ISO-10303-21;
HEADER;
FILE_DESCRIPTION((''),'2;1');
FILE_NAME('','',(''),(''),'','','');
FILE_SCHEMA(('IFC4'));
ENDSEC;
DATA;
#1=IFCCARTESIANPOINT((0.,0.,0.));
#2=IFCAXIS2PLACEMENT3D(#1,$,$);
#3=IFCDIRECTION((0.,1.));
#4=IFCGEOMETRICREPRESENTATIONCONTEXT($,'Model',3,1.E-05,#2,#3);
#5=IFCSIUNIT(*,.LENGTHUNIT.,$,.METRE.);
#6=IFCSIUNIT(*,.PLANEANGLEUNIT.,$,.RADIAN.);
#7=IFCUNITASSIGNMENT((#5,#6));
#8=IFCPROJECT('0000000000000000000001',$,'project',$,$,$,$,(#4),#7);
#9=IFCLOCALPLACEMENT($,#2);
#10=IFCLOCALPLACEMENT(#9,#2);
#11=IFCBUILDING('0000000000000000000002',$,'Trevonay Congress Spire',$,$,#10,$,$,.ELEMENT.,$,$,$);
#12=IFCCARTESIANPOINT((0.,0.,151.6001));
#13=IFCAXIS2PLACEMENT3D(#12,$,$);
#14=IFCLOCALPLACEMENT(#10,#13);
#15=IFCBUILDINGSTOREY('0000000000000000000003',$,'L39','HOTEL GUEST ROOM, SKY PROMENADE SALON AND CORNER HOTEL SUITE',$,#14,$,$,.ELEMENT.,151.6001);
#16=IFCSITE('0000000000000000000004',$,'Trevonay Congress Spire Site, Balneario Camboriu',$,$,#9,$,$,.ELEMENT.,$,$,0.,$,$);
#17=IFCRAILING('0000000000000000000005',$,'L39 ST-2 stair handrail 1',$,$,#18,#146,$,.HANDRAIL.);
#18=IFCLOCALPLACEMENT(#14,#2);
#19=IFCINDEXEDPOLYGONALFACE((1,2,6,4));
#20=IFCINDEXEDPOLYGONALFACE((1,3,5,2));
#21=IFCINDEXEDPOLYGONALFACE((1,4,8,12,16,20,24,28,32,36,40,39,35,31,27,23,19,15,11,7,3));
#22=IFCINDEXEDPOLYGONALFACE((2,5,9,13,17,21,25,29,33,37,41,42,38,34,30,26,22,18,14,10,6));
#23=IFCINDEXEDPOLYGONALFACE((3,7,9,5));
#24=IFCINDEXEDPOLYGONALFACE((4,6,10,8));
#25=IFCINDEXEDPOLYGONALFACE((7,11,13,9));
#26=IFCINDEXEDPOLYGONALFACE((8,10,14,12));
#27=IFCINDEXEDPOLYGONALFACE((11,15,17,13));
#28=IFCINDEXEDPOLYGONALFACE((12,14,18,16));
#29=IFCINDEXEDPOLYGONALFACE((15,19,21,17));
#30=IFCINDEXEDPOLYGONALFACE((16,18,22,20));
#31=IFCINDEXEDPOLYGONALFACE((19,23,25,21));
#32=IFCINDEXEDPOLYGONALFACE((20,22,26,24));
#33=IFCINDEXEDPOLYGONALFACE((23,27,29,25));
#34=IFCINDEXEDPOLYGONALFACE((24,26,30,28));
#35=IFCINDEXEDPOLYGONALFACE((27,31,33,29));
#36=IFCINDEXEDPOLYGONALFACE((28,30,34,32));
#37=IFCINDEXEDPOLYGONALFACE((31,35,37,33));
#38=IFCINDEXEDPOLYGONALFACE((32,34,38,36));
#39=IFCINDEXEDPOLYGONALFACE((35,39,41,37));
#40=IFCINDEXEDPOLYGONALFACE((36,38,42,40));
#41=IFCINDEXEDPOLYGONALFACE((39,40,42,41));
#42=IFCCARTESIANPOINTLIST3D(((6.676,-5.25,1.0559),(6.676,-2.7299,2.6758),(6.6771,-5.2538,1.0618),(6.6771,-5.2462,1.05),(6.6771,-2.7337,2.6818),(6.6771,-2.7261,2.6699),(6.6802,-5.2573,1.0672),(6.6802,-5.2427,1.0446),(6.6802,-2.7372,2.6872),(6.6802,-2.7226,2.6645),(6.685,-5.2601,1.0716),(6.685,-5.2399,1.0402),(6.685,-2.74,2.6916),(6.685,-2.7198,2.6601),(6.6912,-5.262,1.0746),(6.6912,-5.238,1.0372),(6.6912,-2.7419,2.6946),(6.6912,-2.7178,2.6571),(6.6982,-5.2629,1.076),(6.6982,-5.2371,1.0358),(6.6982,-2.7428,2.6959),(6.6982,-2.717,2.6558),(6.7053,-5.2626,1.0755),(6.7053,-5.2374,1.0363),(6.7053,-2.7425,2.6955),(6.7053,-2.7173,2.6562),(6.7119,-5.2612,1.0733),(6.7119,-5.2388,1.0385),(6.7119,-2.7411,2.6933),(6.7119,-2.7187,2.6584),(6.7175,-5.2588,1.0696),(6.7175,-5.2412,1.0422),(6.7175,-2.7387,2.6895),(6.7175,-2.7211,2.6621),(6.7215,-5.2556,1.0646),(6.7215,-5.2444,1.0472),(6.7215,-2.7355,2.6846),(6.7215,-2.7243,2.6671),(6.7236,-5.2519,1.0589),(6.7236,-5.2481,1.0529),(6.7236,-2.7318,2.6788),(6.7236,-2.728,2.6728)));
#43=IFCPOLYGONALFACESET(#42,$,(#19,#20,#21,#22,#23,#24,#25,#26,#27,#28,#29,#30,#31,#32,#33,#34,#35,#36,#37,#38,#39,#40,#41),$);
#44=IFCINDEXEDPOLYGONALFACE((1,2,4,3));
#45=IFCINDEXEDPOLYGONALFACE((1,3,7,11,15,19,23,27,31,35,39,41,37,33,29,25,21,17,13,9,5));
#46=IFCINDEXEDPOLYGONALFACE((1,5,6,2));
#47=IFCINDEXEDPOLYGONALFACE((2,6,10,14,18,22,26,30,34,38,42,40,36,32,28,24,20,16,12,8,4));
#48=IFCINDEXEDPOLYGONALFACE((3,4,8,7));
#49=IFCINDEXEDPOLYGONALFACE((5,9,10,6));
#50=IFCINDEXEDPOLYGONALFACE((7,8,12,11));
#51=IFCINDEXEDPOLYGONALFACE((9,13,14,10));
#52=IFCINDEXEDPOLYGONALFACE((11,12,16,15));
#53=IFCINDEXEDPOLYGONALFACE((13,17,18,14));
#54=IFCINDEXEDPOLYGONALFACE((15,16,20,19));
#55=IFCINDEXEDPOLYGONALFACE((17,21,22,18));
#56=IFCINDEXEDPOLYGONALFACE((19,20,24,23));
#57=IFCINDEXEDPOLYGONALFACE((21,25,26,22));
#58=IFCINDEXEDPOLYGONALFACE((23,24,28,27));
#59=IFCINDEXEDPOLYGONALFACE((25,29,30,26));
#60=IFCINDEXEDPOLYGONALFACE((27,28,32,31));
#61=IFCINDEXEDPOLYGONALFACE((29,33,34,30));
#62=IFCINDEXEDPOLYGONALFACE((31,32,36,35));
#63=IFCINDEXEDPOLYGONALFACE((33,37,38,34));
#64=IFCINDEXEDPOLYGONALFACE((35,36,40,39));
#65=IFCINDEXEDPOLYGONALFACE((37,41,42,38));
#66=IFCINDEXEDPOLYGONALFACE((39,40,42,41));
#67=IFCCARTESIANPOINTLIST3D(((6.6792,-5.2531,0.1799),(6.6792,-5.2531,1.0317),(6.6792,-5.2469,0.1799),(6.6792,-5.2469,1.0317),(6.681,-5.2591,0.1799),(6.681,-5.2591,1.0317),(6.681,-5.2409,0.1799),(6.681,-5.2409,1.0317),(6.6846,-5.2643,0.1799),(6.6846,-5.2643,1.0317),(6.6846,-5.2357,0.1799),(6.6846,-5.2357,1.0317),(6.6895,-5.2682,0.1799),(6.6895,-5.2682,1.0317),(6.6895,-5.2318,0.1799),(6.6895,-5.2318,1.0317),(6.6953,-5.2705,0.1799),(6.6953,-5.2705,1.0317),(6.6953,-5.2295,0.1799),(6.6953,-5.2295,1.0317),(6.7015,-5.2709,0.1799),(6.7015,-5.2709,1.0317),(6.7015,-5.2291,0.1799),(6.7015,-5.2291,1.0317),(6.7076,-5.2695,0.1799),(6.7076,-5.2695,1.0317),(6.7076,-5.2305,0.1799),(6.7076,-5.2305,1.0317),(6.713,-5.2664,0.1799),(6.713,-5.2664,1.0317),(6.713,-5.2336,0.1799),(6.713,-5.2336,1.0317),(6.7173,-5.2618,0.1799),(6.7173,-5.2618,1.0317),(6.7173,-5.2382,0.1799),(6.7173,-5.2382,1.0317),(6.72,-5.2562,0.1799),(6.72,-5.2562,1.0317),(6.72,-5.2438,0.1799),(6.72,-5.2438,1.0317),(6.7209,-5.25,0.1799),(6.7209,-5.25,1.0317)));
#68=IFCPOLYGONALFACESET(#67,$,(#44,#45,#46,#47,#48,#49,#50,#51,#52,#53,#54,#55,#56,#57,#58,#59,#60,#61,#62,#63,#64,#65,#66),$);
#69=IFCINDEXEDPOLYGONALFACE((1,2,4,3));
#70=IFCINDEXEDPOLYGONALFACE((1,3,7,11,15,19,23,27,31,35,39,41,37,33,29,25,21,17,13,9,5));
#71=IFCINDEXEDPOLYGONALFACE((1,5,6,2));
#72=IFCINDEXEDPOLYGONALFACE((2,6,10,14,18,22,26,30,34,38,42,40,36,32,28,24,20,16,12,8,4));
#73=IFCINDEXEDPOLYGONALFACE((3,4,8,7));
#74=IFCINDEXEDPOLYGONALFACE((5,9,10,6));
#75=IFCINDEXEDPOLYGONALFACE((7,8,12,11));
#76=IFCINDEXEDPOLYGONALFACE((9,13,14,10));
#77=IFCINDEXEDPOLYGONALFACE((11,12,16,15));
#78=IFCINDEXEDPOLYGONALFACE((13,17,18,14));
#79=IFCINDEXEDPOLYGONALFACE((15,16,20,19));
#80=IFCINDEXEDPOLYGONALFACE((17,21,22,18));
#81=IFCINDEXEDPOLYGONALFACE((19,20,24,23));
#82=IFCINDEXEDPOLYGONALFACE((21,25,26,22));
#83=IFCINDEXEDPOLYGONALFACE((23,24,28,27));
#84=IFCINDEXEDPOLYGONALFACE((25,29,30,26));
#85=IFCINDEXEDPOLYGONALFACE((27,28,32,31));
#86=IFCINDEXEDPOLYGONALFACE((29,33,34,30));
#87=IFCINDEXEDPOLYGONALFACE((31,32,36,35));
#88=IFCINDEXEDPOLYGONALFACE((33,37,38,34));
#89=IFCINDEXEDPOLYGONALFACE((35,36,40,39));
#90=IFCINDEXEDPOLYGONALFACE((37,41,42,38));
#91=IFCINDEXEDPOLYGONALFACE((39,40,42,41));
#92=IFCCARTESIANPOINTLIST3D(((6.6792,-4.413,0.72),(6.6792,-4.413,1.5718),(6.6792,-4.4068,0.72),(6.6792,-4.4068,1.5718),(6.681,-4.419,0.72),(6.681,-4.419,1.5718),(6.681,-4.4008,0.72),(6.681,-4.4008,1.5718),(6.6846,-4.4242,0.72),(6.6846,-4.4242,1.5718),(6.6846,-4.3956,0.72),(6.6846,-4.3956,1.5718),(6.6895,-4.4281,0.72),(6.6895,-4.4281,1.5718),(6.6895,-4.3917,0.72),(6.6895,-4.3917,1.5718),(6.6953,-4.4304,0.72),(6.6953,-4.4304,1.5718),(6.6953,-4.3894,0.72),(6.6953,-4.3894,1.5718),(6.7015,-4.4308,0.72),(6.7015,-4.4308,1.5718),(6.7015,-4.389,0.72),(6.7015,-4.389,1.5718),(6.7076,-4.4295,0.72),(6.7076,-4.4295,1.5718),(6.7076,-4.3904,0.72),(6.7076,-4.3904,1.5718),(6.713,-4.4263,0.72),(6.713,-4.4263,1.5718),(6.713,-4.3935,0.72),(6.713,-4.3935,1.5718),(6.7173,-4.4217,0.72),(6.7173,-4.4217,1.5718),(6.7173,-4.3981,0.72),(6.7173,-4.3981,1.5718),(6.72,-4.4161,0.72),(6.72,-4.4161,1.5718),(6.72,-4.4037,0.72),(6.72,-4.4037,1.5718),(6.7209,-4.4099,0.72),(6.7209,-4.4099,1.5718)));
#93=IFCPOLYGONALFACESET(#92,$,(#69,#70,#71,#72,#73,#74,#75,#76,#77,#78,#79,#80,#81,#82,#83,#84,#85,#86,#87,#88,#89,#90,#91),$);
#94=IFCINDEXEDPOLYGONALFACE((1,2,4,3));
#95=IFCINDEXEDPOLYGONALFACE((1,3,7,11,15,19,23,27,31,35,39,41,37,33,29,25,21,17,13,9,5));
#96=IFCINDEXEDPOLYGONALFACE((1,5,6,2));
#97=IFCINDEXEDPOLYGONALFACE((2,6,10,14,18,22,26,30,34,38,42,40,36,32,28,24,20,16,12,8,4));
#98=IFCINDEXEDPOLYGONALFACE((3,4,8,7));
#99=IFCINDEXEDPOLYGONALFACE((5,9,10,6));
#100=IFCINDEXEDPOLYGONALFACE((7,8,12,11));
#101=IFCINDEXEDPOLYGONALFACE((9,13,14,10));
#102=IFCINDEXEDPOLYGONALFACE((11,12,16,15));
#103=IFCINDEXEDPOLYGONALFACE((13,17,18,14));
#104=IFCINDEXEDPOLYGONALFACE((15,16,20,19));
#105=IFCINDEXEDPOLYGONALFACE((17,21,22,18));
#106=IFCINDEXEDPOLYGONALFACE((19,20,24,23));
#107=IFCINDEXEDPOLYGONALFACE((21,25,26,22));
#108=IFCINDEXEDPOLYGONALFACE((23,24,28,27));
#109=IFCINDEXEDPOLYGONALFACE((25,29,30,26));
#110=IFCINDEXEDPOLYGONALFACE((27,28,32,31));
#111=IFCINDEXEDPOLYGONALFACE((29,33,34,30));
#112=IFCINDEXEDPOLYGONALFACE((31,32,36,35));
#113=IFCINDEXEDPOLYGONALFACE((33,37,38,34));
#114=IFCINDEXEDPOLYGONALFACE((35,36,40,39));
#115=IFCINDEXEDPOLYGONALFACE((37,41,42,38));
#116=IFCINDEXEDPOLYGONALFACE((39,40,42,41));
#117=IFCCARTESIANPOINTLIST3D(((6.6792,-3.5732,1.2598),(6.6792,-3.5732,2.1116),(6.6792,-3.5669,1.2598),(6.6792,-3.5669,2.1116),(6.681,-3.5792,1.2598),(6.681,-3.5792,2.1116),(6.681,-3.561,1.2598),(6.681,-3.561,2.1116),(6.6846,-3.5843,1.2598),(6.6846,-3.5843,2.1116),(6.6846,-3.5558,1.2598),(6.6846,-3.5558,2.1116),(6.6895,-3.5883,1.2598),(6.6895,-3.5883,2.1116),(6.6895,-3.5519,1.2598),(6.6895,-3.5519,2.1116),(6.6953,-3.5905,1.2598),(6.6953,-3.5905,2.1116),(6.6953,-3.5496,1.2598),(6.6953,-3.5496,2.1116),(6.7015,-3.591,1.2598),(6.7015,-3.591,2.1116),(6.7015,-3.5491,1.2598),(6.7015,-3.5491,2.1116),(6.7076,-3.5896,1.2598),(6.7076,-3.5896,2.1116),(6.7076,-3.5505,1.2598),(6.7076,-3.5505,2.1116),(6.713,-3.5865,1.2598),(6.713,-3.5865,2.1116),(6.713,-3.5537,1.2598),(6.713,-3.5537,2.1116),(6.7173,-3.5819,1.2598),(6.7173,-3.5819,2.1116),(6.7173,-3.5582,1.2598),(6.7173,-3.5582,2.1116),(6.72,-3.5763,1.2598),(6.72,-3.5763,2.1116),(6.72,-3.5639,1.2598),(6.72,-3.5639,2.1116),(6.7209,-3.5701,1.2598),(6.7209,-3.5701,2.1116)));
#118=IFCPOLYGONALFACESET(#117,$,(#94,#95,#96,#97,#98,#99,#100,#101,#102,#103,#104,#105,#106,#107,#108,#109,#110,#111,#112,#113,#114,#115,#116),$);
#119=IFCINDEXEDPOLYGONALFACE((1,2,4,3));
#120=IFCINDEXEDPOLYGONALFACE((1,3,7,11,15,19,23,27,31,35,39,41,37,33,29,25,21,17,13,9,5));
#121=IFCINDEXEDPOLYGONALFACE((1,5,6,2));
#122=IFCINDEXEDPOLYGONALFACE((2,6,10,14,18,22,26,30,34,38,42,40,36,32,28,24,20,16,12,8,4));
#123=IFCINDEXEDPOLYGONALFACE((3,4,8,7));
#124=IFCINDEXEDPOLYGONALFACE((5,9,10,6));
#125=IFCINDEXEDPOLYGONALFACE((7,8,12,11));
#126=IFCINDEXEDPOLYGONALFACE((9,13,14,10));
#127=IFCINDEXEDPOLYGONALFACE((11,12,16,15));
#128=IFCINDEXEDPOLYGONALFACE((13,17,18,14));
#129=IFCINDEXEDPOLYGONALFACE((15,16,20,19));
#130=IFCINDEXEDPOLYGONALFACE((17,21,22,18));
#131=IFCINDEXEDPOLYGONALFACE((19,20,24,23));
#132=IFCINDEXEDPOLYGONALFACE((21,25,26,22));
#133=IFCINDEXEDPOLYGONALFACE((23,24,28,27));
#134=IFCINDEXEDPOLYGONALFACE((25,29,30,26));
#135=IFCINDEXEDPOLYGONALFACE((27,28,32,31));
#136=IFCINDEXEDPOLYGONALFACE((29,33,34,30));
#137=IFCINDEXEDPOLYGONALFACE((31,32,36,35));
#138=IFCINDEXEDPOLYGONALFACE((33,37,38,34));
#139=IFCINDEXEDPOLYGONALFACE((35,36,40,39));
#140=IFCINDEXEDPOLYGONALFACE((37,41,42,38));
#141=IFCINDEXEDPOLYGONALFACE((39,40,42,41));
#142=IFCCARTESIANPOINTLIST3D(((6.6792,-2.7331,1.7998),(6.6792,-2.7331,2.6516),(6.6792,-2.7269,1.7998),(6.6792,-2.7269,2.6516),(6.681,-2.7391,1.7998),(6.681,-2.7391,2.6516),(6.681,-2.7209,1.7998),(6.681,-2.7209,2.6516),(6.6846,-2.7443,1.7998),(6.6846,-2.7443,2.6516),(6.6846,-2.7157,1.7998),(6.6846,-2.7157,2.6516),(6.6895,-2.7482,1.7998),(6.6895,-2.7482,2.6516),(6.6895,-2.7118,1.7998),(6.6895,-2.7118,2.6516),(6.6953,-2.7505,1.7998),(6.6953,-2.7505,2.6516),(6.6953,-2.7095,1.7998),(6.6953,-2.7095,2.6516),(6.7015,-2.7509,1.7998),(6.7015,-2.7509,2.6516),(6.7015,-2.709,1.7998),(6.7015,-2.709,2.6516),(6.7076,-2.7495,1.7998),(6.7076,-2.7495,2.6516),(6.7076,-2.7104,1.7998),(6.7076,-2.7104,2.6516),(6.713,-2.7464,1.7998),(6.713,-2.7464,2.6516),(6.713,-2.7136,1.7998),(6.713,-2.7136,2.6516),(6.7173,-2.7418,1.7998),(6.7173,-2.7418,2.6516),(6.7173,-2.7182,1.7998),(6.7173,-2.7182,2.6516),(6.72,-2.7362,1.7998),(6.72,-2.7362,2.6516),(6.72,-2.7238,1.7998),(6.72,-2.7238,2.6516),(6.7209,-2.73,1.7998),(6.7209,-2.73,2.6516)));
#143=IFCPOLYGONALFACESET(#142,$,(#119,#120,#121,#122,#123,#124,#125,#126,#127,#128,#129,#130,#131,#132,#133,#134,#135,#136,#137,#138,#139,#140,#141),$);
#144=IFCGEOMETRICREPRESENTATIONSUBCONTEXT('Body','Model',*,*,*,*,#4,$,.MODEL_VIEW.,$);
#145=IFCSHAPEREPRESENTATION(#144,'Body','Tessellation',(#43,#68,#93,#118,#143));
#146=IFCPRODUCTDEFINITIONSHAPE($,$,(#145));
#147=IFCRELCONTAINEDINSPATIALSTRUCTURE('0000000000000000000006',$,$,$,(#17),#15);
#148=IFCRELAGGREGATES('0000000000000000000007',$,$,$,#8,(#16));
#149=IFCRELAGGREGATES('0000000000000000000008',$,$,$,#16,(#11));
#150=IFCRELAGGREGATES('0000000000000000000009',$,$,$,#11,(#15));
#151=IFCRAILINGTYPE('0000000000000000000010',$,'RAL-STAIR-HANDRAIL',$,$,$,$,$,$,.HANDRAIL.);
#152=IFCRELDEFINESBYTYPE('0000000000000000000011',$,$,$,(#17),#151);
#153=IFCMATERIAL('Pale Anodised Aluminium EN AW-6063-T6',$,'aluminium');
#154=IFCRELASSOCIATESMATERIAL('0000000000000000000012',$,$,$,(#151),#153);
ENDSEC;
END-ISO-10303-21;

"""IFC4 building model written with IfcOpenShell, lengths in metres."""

from ifc_helpers import new_model, si_unit, direction, frame, origin, origin_2d, place, context, subcontext, project, spatial, circle, extrude, material, type_object, element, save


model = new_model("IFC4")

# Units and contexts
model_context = context("Model", 3, precision=1e-05, world=origin(), true_north=direction((0.0, 1.0)))
body_context = subcontext(model_context, "Body", "Model", "MODEL_VIEW")
ifc_project = project(units=[si_unit("LENGTHUNIT", "METRE"), si_unit("PLANEANGLEUNIT", "RADIAN")], contexts=[model_context])

# Site, building, storey
site_placement = place(None, origin())
site = spatial("IfcSite", under=ifc_project, at=site_placement, Name="Trevonay Congress Spire Site, Balneario Camboriu", CompositionType="ELEMENT", RefElevation=0.0)
building_placement = place(site_placement, origin())
building = spatial("IfcBuilding", under=site, at=building_placement, Name="Trevonay Congress Spire", CompositionType="ELEMENT")
storey_placement = place(building_placement, frame((0.0, 0.0, 151.6001)))
storey = spatial("IfcBuildingStorey", under=building, at=storey_placement, Name="L39", Description="HOTEL GUEST ROOM, SKY PROMENADE SALON AND CORNER HOTEL SUITE", CompositionType="ELEMENT", Elevation=151.6001)

# Railing
ifc_material_1 = material(Name="Pale Anodised Aluminium EN AW-6063-T6", Category="aluminium")
railing_type_1 = type_object("IfcRailingType", Name="RAL-STAIR-HANDRAIL", PredefinedType="HANDRAIL", material=ifc_material_1)
railing_1_placement = place(storey_placement, frame((6.7, -5.25, 0.1799)))
element("IfcRailing", 1, at=railing_1_placement, inside=storey, type_object=railing_type_1, Name="L39 ST-2 stair handrail 1", PredefinedType="HANDRAIL", context=body_context, shape_type="SweptSolid", body=[
    extrude(circle(Radius=0.0239, at=origin_2d()), frame((0.0, 0.0, 0.876), z_axis=(0.0, 0.8412, 0.540725), x_axis=(-1.0, 0.0, 0.0)), (0.0, 0.0, 1.0), 2.9958),
    extrude(circle(Radius=0.021, at=origin_2d()), origin(), (0.0, 0.0, 1.0), 0.8518),
    extrude(circle(Radius=0.021, at=origin_2d()), frame((0.0, 0.8401, 0.54)), (0.0, 0.0, 1.0), 0.8518),
    extrude(circle(Radius=0.021, at=origin_2d()), frame((0.0, 1.6799, 1.0798)), (0.0, 0.0, 1.0), 0.8518),
    extrude(circle(Radius=0.021, at=origin_2d()), frame((0.0, 2.52, 1.6199)), (0.0, 0.0, 1.0), 0.8518),
])

save(model, "model.ifc")
